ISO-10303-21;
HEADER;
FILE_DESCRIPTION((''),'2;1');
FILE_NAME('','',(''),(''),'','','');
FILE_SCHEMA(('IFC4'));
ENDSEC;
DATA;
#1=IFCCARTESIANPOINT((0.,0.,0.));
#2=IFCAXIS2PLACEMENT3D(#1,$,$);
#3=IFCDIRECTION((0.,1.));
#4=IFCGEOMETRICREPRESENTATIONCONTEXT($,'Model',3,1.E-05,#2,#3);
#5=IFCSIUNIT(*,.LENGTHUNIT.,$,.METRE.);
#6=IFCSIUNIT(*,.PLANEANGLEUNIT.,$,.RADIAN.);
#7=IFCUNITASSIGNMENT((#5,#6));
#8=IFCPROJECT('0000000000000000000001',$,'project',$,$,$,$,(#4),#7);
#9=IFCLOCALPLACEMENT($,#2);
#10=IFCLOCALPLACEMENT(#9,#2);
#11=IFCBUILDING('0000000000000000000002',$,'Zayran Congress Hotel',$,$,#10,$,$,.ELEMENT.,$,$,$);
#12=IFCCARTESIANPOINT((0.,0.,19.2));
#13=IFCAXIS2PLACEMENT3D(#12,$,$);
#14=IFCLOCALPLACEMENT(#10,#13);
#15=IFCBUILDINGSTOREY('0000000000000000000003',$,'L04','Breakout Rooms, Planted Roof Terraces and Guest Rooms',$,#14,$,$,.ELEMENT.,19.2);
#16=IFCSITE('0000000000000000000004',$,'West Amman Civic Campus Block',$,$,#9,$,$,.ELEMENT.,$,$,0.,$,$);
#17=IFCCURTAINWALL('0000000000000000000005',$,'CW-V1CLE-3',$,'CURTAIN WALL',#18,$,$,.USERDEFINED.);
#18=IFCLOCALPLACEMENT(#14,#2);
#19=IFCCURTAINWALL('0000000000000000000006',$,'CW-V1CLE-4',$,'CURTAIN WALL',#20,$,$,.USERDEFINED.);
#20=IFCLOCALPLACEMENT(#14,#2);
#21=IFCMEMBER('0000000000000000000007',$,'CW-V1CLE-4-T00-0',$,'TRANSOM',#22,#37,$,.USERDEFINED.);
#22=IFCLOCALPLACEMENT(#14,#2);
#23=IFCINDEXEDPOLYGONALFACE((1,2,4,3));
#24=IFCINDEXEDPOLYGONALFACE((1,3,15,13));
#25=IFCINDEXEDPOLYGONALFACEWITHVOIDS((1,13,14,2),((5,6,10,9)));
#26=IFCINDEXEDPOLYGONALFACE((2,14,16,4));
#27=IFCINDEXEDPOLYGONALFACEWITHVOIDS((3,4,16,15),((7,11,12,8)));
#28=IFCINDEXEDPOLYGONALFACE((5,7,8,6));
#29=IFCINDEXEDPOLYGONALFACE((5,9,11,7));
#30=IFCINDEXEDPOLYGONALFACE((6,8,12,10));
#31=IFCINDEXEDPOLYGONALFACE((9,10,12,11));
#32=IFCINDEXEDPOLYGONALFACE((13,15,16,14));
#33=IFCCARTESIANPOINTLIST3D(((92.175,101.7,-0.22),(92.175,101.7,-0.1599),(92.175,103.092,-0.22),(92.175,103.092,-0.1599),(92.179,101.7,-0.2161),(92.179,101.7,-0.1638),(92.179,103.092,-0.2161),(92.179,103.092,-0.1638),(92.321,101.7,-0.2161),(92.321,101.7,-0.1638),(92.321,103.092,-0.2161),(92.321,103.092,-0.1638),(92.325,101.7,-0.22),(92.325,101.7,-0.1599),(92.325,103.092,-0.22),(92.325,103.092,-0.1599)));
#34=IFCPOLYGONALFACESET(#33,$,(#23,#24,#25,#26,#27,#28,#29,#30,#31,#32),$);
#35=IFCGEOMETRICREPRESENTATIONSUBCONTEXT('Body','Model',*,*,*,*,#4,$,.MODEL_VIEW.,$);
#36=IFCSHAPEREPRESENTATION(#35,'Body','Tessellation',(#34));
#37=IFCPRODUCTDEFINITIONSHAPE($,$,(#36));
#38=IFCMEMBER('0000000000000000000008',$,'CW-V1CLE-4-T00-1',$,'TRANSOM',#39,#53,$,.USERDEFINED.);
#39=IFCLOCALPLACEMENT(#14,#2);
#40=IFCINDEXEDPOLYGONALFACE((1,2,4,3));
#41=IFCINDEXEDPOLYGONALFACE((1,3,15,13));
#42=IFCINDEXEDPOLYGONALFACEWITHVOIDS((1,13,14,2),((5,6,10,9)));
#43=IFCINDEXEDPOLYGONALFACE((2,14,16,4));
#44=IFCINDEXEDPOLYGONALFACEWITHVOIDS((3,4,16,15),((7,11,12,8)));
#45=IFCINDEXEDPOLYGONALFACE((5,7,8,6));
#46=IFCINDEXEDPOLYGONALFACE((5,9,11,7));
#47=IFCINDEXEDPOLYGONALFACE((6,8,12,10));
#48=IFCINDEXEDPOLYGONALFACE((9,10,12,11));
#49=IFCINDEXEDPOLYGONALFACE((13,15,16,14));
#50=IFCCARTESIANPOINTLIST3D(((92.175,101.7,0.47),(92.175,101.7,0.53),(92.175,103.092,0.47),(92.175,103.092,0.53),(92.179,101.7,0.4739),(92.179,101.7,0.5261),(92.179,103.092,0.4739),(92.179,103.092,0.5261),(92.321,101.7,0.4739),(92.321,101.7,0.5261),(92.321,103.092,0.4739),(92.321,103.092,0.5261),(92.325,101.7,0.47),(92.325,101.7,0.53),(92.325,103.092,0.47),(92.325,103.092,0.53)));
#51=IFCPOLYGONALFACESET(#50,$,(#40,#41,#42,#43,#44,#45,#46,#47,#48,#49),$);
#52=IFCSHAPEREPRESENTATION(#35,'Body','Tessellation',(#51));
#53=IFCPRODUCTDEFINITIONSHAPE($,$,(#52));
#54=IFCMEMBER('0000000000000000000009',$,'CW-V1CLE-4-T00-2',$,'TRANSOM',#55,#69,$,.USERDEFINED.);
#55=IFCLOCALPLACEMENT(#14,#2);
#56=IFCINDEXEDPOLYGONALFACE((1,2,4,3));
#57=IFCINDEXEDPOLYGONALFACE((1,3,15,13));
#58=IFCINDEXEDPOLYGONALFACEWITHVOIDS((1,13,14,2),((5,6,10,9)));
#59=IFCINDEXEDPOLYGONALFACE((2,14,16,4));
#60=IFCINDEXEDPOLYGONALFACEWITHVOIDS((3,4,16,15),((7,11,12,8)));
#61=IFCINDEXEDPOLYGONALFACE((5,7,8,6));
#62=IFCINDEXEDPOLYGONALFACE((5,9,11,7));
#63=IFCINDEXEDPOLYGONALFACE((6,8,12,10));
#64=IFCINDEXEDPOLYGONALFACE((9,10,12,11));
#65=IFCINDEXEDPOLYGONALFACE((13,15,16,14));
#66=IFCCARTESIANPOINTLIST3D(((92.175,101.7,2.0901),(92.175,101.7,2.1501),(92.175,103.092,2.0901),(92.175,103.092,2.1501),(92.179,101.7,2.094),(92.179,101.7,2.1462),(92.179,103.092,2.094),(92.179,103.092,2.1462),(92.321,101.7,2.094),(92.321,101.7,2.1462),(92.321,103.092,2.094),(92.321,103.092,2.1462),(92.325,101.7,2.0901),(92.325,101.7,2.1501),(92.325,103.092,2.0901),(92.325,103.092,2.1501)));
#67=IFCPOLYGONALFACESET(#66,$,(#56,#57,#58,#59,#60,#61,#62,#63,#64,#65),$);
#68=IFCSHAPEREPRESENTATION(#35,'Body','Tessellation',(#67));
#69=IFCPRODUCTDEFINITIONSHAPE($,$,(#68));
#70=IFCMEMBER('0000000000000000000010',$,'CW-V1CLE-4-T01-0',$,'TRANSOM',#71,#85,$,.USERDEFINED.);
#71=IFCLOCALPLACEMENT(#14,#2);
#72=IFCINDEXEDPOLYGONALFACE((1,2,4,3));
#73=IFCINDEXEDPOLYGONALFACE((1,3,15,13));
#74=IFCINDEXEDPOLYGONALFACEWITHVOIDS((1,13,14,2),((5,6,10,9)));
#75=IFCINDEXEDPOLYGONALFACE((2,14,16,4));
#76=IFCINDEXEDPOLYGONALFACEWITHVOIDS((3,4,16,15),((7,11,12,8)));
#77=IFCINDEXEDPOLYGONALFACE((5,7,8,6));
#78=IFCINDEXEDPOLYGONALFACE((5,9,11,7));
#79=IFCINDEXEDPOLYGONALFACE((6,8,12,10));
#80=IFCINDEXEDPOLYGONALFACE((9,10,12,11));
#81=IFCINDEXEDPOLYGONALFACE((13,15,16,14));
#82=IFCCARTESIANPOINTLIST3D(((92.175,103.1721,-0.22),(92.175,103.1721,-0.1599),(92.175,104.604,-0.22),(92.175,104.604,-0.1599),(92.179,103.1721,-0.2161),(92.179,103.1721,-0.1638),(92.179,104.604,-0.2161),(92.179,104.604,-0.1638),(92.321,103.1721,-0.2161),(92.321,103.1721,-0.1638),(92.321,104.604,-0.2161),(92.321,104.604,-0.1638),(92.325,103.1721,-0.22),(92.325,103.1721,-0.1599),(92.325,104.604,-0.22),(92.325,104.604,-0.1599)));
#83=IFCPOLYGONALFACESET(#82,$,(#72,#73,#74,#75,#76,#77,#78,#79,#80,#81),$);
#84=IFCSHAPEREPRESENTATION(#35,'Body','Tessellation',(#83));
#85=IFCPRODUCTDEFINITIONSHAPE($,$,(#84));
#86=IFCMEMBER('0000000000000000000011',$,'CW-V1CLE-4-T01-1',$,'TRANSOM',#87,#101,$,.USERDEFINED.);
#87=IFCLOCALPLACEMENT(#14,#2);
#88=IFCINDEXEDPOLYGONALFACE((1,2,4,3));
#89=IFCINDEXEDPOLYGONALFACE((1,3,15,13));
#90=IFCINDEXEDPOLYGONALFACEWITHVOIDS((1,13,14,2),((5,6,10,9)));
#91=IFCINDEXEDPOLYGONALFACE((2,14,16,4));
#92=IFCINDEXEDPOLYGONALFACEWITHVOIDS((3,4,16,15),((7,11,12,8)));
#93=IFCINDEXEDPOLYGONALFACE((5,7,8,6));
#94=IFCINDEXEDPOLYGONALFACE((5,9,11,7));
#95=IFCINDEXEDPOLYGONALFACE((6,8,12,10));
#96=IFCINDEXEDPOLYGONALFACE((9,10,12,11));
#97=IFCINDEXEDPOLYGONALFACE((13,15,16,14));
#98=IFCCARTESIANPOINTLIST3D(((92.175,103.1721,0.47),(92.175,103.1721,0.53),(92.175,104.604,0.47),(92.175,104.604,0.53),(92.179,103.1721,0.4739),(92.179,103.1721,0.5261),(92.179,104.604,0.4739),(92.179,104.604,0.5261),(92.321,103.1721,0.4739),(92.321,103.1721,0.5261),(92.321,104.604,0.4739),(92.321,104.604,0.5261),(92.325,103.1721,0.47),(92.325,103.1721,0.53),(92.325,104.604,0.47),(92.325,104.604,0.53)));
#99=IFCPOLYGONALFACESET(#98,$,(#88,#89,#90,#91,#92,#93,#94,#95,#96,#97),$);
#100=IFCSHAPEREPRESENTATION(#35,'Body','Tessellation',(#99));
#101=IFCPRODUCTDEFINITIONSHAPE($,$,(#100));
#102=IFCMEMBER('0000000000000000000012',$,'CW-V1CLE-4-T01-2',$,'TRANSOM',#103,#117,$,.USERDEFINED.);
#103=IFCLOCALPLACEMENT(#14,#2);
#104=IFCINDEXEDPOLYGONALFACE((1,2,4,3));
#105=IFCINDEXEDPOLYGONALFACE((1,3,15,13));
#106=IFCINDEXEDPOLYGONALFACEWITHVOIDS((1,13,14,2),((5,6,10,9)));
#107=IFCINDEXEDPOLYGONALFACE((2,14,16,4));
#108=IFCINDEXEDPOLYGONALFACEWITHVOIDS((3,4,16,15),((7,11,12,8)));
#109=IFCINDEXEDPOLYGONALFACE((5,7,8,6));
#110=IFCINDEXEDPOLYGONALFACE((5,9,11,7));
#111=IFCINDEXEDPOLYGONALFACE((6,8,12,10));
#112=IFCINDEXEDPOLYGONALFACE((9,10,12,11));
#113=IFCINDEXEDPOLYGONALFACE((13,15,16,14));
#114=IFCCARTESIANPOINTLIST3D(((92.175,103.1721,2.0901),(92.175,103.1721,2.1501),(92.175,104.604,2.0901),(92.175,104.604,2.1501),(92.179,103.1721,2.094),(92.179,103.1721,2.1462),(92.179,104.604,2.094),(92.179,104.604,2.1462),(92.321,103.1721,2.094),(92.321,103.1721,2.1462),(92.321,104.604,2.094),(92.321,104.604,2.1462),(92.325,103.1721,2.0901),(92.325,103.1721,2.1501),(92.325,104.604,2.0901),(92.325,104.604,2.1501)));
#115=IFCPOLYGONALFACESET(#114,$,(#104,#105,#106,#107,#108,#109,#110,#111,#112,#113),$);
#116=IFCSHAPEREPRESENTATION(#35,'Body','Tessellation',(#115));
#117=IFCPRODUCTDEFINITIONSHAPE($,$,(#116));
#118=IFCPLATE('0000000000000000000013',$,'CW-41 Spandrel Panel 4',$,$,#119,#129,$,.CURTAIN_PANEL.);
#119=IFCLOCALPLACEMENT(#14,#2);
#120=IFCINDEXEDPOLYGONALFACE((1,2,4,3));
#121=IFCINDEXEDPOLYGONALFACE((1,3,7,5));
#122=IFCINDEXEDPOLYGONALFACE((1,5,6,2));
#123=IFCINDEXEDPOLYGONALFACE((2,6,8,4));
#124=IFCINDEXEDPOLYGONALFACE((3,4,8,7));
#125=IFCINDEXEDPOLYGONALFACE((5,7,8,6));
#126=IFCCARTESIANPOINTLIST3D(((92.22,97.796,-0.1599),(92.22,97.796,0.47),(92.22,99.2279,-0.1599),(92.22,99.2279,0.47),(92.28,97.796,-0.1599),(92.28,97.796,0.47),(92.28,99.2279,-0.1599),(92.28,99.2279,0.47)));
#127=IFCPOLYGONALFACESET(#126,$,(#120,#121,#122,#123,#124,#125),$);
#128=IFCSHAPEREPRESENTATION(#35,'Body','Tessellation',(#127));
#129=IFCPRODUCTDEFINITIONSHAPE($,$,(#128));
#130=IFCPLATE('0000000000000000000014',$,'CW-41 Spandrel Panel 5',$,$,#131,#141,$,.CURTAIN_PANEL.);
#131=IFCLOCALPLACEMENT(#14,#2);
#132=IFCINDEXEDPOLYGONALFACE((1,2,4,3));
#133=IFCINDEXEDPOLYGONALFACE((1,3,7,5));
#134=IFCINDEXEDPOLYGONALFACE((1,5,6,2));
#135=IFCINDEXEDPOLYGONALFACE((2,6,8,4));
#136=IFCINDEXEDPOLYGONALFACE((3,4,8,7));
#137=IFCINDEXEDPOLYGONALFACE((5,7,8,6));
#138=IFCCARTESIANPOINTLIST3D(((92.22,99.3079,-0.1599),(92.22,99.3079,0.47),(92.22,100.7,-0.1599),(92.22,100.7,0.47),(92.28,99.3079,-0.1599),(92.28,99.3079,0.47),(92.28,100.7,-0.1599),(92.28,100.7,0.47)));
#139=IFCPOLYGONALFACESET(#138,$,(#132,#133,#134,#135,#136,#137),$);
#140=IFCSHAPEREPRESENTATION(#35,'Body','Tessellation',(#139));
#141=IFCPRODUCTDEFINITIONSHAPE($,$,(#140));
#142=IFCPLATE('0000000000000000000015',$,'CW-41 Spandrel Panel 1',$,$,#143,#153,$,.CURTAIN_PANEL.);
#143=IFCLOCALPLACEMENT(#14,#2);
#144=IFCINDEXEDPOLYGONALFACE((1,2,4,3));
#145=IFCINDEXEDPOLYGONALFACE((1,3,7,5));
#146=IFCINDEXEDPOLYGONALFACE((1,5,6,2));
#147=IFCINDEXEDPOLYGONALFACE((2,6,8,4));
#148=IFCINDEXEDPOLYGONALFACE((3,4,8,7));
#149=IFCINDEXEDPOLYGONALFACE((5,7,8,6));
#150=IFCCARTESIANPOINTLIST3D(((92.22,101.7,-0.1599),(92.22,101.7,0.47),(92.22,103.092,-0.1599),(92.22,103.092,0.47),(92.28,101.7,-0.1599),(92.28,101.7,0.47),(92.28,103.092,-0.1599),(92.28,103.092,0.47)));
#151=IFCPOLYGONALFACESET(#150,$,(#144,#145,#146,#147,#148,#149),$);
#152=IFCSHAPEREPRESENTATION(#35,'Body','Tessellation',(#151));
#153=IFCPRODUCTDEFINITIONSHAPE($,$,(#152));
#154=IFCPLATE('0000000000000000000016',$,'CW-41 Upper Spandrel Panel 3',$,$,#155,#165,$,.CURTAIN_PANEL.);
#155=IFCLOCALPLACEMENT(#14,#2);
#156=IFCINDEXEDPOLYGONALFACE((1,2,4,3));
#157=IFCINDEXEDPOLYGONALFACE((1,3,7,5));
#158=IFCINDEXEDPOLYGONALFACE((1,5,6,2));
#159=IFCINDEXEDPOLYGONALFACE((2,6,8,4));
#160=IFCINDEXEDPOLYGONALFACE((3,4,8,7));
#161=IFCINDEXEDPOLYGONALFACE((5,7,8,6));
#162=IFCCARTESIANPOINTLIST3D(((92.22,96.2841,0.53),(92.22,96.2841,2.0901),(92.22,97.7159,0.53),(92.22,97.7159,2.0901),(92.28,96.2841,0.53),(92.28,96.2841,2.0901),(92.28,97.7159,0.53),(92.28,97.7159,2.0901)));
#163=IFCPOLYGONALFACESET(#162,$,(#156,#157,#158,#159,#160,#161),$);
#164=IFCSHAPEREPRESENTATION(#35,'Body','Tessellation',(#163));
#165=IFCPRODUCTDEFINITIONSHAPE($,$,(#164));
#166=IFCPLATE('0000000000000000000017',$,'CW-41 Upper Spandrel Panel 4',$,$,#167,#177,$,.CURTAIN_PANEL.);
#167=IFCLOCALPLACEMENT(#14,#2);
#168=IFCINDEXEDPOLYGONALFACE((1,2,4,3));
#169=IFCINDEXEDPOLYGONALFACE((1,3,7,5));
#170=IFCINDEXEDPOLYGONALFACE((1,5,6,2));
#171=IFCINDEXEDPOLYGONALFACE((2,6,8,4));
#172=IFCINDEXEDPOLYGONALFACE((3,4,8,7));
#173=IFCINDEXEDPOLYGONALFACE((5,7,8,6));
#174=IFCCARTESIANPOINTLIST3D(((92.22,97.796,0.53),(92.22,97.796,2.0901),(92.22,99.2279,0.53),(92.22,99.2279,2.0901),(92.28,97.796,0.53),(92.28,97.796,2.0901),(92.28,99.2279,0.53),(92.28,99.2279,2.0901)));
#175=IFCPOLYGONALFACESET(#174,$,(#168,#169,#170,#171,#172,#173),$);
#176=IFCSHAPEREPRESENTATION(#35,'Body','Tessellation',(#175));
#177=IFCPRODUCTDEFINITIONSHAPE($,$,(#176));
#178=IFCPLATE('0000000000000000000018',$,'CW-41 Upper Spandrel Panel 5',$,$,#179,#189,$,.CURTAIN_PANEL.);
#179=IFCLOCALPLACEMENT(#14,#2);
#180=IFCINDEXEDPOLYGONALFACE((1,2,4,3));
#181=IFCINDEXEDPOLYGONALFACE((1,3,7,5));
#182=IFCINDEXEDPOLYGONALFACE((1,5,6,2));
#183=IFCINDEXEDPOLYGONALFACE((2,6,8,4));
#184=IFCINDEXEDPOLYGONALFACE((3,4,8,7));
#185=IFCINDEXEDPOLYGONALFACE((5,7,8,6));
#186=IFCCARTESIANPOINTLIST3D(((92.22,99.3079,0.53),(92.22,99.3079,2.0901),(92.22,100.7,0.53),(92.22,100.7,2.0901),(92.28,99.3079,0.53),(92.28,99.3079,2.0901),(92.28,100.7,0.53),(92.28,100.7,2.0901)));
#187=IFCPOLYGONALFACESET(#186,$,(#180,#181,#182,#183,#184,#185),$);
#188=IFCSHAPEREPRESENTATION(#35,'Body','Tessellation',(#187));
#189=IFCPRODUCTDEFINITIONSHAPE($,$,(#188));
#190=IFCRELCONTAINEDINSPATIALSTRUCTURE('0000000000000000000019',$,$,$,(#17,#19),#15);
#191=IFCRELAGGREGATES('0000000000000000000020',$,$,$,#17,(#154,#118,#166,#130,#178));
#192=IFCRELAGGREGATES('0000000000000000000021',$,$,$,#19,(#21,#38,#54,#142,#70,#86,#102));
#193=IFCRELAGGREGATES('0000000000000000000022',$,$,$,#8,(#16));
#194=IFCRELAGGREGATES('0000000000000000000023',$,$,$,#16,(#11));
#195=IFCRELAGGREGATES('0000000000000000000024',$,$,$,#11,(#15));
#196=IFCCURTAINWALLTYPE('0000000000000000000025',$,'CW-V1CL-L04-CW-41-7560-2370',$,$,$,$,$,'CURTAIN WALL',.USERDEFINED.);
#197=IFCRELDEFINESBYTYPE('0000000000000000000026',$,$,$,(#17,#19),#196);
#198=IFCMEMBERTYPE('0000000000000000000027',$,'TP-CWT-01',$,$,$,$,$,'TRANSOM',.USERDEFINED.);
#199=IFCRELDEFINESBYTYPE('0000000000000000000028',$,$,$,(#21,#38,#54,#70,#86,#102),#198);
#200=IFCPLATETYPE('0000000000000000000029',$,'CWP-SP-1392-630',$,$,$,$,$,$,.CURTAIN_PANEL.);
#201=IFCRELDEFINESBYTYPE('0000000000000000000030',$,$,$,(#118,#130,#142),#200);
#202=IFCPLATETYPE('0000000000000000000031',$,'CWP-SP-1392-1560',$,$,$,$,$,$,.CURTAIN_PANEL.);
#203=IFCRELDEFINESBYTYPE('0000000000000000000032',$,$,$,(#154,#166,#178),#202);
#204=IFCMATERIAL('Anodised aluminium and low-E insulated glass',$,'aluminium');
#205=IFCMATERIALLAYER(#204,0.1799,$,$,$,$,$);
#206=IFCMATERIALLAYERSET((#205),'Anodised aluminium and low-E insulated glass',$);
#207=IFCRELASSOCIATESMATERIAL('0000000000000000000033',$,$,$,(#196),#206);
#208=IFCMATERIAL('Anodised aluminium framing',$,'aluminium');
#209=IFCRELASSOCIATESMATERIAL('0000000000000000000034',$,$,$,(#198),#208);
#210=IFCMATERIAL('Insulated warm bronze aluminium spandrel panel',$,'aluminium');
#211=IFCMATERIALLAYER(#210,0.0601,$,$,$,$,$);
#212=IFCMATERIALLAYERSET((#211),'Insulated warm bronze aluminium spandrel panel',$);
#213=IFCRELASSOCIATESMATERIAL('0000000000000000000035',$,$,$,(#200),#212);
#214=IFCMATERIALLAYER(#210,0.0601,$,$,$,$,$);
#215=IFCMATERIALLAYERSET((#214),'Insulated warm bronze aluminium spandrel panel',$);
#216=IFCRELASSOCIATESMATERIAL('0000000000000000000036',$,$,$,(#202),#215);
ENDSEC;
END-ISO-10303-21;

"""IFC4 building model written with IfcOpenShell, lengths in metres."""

from ifc_helpers import new_model, si_unit, direction, frame, origin, origin_2d, place, context, subcontext, project, spatial, rectangle, hollow_rectangle, extrude, material, layer, layer_set, material_profile, profile_set, type_object, element, aggregate, save


model = new_model("IFC4")

# Units and contexts
model_context = context("Model", 3, precision=1e-05, world=origin(), true_north=direction((0.0, 1.0)))
body_context = subcontext(model_context, "Body", "Model", "MODEL_VIEW")
ifc_project = project(units=[si_unit("LENGTHUNIT", "METRE"), si_unit("PLANEANGLEUNIT", "RADIAN")], contexts=[model_context])

# Site, building, storey
site_placement = place(None, origin())
site = spatial("IfcSite", under=ifc_project, at=site_placement, Name="West Amman Civic Campus Block", CompositionType="ELEMENT", RefElevation=0.0)
building_placement = place(site_placement, origin())
building = spatial("IfcBuilding", under=site, at=building_placement, Name="Zayran Congress Hotel", CompositionType="ELEMENT")
storey_placement = place(building_placement, frame((0.0, 0.0, 19.2)))
storey = spatial("IfcBuildingStorey", under=building, at=storey_placement, Name="L04", Description="Breakout Rooms, Planted Roof Terraces and Guest Rooms", CompositionType="ELEMENT", Elevation=19.2)

# Curtain walls
ifc_material_1 = material(Name="Anodised aluminium and low-E insulated glass", Category="aluminium")
ifc_layer_1 = layer(ifc_material_1, 0.1799)
ifc_layer_set_1 = layer_set([ifc_layer_1], Name="Anodised aluminium and low-E insulated glass")
curtain_wall_type = type_object("IfcCurtainWallType", Name="CW-V1CL-L04-CW-41-7560-2370", ElementType="CURTAIN WALL", PredefinedType="USERDEFINED", material=ifc_layer_set_1)
curtain_wall_1_placement = place(storey_placement, origin())
curtain_wall_1 = element("IfcCurtainWall", 1, at=curtain_wall_1_placement, inside=storey, type_object=curtain_wall_type, Name="CW-V1CLE-3", ObjectType="CURTAIN WALL", PredefinedType="USERDEFINED")
ifc_material_2 = material(Name="Anodised aluminium framing", Category="aluminium")
curtain_wall_2_placement = place(storey_placement, origin())
curtain_wall_2 = element("IfcCurtainWall", 2, at=curtain_wall_2_placement, inside=storey, type_object=curtain_wall_type, Name="CW-V1CLE-4", ObjectType="CURTAIN WALL", PredefinedType="USERDEFINED")

# Members
ifc_material_profile_1 = material_profile(ifc_material_2, hollow_rectangle(XDim=0.0601, YDim=0.1499, WallThickness=0.0039, at=origin_2d()), Name="RHS 150x60x4")
ifc_profile_set_1 = profile_set([ifc_material_profile_1], Name="Anodised aluminium framing")
member_type_1 = type_object("IfcMemberType", Name="TP-CWT-01", ElementType="TRANSOM", PredefinedType="USERDEFINED", material=ifc_profile_set_1)
member_1_placement = place(storey_placement, frame((92.25, 101.7, -0.1899), z_axis=(0.0, 1.0, 0.0), x_axis=(0.0, 0.0, 1.0)))
member_1 = element("IfcMember", 3, at=member_1_placement, type_object=member_type_1, Name="CW-V1CLE-4-T00-0", ObjectType="TRANSOM", PredefinedType="USERDEFINED", context=body_context, shape_type="SweptSolid", body=[
    extrude(hollow_rectangle(XDim=0.0601, YDim=0.1499, WallThickness=0.0039, at=origin_2d()), origin(), (0.0, 0.0, 1.0), 1.3921),
])
member_2_placement = place(storey_placement, frame((92.25, 101.7, 0.5), z_axis=(0.0, 1.0, 0.0), x_axis=(0.0, 0.0, 1.0)))
member_2 = element("IfcMember", 4, at=member_2_placement, type_object=member_type_1, Name="CW-V1CLE-4-T00-1", ObjectType="TRANSOM", PredefinedType="USERDEFINED", context=body_context, shape_type="SweptSolid", body=[
    extrude(hollow_rectangle(XDim=0.0601, YDim=0.1499, WallThickness=0.0039, at=origin_2d()), origin(), (0.0, 0.0, 1.0), 1.3921),
])
member_3_placement = place(storey_placement, frame((92.25, 101.7, 2.1201), z_axis=(0.0, 1.0, 0.0), x_axis=(0.0, 0.0, 1.0)))
member_3 = element("IfcMember", 5, at=member_3_placement, type_object=member_type_1, Name="CW-V1CLE-4-T00-2", ObjectType="TRANSOM", PredefinedType="USERDEFINED", context=body_context, shape_type="SweptSolid", body=[
    extrude(hollow_rectangle(XDim=0.0601, YDim=0.1499, WallThickness=0.0039, at=origin_2d()), origin(), (0.0, 0.0, 1.0), 1.3921),
])
member_4_placement = place(storey_placement, frame((92.25, 103.1721, -0.1899), z_axis=(0.0, 1.0, 0.0), x_axis=(0.0, 0.0, 1.0)))
member_4 = element("IfcMember", 6, at=member_4_placement, type_object=member_type_1, Name="CW-V1CLE-4-T01-0", ObjectType="TRANSOM", PredefinedType="USERDEFINED", context=body_context, shape_type="SweptSolid", body=[
    extrude(hollow_rectangle(XDim=0.0601, YDim=0.1499, WallThickness=0.0039, at=origin_2d()), origin(), (0.0, 0.0, 1.0), 1.4319),
])
member_5_placement = place(storey_placement, frame((92.25, 103.1721, 0.5), z_axis=(0.0, 1.0, 0.0), x_axis=(0.0, 0.0, 1.0)))
member_5 = element("IfcMember", 7, at=member_5_placement, type_object=member_type_1, Name="CW-V1CLE-4-T01-1", ObjectType="TRANSOM", PredefinedType="USERDEFINED", context=body_context, shape_type="SweptSolid", body=[
    extrude(hollow_rectangle(XDim=0.0601, YDim=0.1499, WallThickness=0.0039, at=origin_2d()), origin(), (0.0, 0.0, 1.0), 1.4319),
])
member_6_placement = place(storey_placement, frame((92.25, 103.1721, 2.1201), z_axis=(0.0, 1.0, 0.0), x_axis=(0.0, 0.0, 1.0)))
member_6 = element("IfcMember", 8, at=member_6_placement, type_object=member_type_1, Name="CW-V1CLE-4-T01-2", ObjectType="TRANSOM", PredefinedType="USERDEFINED", context=body_context, shape_type="SweptSolid", body=[
    extrude(hollow_rectangle(XDim=0.0601, YDim=0.1499, WallThickness=0.0039, at=origin_2d()), origin(), (0.0, 0.0, 1.0), 1.4319),
])

# Plates
ifc_material_3 = material(Name="Insulated warm bronze aluminium spandrel panel", Category="aluminium")
ifc_layer_2 = layer(ifc_material_3, 0.0601)
ifc_layer_set_2 = layer_set([ifc_layer_2], Name="Insulated warm bronze aluminium spandrel panel")
plate_type_1 = type_object("IfcPlateType", Name="CWP-SP-1392-630", PredefinedType="CURTAIN_PANEL", material=ifc_layer_set_2)
plate_1_placement = place(storey_placement, frame((92.25, 98.512, -0.1599), z_axis=(0.0, 0.0, 1.0), x_axis=(0.0, 1.0, 0.0)))
plate_1 = element("IfcPlate", 9, at=plate_1_placement, type_object=plate_type_1, Name="CW-41 Spandrel Panel 4", PredefinedType="CURTAIN_PANEL", context=body_context, shape_type="SweptSolid", body=[
    extrude(rectangle(XDim=1.4319, YDim=0.0601, at=origin_2d()), origin(), (0.0, 0.0, 1.0), 0.6299),
])
plate_2_placement = place(storey_placement, frame((92.25, 100.0039, -0.1599), z_axis=(0.0, 0.0, 1.0), x_axis=(0.0, 1.0, 0.0)))
plate_2 = element("IfcPlate", 10, at=plate_2_placement, type_object=plate_type_1, Name="CW-41 Spandrel Panel 5", PredefinedType="CURTAIN_PANEL", context=body_context, shape_type="SweptSolid", body=[
    extrude(rectangle(XDim=1.3921, YDim=0.0601, at=origin_2d()), origin(), (0.0, 0.0, 1.0), 0.6299),
])
plate_3_placement = place(storey_placement, frame((92.25, 102.396, -0.1599), z_axis=(0.0, 0.0, 1.0), x_axis=(0.0, 1.0, 0.0)))
plate_3 = element("IfcPlate", 11, at=plate_3_placement, type_object=plate_type_1, Name="CW-41 Spandrel Panel 1", PredefinedType="CURTAIN_PANEL", context=body_context, shape_type="SweptSolid", body=[
    extrude(rectangle(XDim=1.3921, YDim=0.0601, at=origin_2d()), origin(), (0.0, 0.0, 1.0), 0.6299),
])
ifc_layer_3 = layer(ifc_material_3, 0.0601)
ifc_layer_set_3 = layer_set([ifc_layer_3], Name="Insulated warm bronze aluminium spandrel panel")
plate_type_2 = type_object("IfcPlateType", Name="CWP-SP-1392-1560", PredefinedType="CURTAIN_PANEL", material=ifc_layer_set_3)
plate_4_placement = place(storey_placement, frame((92.25, 97.0, 0.53), z_axis=(0.0, 0.0, 1.0), x_axis=(0.0, 1.0, 0.0)))
plate_4 = element("IfcPlate", 12, at=plate_4_placement, type_object=plate_type_2, Name="CW-41 Upper Spandrel Panel 3", PredefinedType="CURTAIN_PANEL", context=body_context, shape_type="SweptSolid", body=[
    extrude(rectangle(XDim=1.4319, YDim=0.0601, at=origin_2d()), origin(), (0.0, 0.0, 1.0), 1.5601),
])
plate_5_placement = place(storey_placement, frame((92.25, 98.512, 0.53), z_axis=(0.0, 0.0, 1.0), x_axis=(0.0, 1.0, 0.0)))
plate_5 = element("IfcPlate", 13, at=plate_5_placement, type_object=plate_type_2, Name="CW-41 Upper Spandrel Panel 4", PredefinedType="CURTAIN_PANEL", context=body_context, shape_type="SweptSolid", body=[
    extrude(rectangle(XDim=1.4319, YDim=0.0601, at=origin_2d()), origin(), (0.0, 0.0, 1.0), 1.5601),
])
plate_6_placement = place(storey_placement, frame((92.25, 100.0039, 0.53), z_axis=(0.0, 0.0, 1.0), x_axis=(0.0, 1.0, 0.0)))
plate_6 = element("IfcPlate", 14, at=plate_6_placement, type_object=plate_type_2, Name="CW-41 Upper Spandrel Panel 5", PredefinedType="CURTAIN_PANEL", context=body_context, shape_type="SweptSolid", body=[
    extrude(rectangle(XDim=1.3921, YDim=0.0601, at=origin_2d()), origin(), (0.0, 0.0, 1.0), 1.5601),
])
aggregate(curtain_wall_1, [plate_4, plate_1, plate_5, plate_2, plate_6])
aggregate(curtain_wall_2, [member_1, member_2, member_3, plate_3, member_4, member_5, member_6])

save(model, "model.ifc")
